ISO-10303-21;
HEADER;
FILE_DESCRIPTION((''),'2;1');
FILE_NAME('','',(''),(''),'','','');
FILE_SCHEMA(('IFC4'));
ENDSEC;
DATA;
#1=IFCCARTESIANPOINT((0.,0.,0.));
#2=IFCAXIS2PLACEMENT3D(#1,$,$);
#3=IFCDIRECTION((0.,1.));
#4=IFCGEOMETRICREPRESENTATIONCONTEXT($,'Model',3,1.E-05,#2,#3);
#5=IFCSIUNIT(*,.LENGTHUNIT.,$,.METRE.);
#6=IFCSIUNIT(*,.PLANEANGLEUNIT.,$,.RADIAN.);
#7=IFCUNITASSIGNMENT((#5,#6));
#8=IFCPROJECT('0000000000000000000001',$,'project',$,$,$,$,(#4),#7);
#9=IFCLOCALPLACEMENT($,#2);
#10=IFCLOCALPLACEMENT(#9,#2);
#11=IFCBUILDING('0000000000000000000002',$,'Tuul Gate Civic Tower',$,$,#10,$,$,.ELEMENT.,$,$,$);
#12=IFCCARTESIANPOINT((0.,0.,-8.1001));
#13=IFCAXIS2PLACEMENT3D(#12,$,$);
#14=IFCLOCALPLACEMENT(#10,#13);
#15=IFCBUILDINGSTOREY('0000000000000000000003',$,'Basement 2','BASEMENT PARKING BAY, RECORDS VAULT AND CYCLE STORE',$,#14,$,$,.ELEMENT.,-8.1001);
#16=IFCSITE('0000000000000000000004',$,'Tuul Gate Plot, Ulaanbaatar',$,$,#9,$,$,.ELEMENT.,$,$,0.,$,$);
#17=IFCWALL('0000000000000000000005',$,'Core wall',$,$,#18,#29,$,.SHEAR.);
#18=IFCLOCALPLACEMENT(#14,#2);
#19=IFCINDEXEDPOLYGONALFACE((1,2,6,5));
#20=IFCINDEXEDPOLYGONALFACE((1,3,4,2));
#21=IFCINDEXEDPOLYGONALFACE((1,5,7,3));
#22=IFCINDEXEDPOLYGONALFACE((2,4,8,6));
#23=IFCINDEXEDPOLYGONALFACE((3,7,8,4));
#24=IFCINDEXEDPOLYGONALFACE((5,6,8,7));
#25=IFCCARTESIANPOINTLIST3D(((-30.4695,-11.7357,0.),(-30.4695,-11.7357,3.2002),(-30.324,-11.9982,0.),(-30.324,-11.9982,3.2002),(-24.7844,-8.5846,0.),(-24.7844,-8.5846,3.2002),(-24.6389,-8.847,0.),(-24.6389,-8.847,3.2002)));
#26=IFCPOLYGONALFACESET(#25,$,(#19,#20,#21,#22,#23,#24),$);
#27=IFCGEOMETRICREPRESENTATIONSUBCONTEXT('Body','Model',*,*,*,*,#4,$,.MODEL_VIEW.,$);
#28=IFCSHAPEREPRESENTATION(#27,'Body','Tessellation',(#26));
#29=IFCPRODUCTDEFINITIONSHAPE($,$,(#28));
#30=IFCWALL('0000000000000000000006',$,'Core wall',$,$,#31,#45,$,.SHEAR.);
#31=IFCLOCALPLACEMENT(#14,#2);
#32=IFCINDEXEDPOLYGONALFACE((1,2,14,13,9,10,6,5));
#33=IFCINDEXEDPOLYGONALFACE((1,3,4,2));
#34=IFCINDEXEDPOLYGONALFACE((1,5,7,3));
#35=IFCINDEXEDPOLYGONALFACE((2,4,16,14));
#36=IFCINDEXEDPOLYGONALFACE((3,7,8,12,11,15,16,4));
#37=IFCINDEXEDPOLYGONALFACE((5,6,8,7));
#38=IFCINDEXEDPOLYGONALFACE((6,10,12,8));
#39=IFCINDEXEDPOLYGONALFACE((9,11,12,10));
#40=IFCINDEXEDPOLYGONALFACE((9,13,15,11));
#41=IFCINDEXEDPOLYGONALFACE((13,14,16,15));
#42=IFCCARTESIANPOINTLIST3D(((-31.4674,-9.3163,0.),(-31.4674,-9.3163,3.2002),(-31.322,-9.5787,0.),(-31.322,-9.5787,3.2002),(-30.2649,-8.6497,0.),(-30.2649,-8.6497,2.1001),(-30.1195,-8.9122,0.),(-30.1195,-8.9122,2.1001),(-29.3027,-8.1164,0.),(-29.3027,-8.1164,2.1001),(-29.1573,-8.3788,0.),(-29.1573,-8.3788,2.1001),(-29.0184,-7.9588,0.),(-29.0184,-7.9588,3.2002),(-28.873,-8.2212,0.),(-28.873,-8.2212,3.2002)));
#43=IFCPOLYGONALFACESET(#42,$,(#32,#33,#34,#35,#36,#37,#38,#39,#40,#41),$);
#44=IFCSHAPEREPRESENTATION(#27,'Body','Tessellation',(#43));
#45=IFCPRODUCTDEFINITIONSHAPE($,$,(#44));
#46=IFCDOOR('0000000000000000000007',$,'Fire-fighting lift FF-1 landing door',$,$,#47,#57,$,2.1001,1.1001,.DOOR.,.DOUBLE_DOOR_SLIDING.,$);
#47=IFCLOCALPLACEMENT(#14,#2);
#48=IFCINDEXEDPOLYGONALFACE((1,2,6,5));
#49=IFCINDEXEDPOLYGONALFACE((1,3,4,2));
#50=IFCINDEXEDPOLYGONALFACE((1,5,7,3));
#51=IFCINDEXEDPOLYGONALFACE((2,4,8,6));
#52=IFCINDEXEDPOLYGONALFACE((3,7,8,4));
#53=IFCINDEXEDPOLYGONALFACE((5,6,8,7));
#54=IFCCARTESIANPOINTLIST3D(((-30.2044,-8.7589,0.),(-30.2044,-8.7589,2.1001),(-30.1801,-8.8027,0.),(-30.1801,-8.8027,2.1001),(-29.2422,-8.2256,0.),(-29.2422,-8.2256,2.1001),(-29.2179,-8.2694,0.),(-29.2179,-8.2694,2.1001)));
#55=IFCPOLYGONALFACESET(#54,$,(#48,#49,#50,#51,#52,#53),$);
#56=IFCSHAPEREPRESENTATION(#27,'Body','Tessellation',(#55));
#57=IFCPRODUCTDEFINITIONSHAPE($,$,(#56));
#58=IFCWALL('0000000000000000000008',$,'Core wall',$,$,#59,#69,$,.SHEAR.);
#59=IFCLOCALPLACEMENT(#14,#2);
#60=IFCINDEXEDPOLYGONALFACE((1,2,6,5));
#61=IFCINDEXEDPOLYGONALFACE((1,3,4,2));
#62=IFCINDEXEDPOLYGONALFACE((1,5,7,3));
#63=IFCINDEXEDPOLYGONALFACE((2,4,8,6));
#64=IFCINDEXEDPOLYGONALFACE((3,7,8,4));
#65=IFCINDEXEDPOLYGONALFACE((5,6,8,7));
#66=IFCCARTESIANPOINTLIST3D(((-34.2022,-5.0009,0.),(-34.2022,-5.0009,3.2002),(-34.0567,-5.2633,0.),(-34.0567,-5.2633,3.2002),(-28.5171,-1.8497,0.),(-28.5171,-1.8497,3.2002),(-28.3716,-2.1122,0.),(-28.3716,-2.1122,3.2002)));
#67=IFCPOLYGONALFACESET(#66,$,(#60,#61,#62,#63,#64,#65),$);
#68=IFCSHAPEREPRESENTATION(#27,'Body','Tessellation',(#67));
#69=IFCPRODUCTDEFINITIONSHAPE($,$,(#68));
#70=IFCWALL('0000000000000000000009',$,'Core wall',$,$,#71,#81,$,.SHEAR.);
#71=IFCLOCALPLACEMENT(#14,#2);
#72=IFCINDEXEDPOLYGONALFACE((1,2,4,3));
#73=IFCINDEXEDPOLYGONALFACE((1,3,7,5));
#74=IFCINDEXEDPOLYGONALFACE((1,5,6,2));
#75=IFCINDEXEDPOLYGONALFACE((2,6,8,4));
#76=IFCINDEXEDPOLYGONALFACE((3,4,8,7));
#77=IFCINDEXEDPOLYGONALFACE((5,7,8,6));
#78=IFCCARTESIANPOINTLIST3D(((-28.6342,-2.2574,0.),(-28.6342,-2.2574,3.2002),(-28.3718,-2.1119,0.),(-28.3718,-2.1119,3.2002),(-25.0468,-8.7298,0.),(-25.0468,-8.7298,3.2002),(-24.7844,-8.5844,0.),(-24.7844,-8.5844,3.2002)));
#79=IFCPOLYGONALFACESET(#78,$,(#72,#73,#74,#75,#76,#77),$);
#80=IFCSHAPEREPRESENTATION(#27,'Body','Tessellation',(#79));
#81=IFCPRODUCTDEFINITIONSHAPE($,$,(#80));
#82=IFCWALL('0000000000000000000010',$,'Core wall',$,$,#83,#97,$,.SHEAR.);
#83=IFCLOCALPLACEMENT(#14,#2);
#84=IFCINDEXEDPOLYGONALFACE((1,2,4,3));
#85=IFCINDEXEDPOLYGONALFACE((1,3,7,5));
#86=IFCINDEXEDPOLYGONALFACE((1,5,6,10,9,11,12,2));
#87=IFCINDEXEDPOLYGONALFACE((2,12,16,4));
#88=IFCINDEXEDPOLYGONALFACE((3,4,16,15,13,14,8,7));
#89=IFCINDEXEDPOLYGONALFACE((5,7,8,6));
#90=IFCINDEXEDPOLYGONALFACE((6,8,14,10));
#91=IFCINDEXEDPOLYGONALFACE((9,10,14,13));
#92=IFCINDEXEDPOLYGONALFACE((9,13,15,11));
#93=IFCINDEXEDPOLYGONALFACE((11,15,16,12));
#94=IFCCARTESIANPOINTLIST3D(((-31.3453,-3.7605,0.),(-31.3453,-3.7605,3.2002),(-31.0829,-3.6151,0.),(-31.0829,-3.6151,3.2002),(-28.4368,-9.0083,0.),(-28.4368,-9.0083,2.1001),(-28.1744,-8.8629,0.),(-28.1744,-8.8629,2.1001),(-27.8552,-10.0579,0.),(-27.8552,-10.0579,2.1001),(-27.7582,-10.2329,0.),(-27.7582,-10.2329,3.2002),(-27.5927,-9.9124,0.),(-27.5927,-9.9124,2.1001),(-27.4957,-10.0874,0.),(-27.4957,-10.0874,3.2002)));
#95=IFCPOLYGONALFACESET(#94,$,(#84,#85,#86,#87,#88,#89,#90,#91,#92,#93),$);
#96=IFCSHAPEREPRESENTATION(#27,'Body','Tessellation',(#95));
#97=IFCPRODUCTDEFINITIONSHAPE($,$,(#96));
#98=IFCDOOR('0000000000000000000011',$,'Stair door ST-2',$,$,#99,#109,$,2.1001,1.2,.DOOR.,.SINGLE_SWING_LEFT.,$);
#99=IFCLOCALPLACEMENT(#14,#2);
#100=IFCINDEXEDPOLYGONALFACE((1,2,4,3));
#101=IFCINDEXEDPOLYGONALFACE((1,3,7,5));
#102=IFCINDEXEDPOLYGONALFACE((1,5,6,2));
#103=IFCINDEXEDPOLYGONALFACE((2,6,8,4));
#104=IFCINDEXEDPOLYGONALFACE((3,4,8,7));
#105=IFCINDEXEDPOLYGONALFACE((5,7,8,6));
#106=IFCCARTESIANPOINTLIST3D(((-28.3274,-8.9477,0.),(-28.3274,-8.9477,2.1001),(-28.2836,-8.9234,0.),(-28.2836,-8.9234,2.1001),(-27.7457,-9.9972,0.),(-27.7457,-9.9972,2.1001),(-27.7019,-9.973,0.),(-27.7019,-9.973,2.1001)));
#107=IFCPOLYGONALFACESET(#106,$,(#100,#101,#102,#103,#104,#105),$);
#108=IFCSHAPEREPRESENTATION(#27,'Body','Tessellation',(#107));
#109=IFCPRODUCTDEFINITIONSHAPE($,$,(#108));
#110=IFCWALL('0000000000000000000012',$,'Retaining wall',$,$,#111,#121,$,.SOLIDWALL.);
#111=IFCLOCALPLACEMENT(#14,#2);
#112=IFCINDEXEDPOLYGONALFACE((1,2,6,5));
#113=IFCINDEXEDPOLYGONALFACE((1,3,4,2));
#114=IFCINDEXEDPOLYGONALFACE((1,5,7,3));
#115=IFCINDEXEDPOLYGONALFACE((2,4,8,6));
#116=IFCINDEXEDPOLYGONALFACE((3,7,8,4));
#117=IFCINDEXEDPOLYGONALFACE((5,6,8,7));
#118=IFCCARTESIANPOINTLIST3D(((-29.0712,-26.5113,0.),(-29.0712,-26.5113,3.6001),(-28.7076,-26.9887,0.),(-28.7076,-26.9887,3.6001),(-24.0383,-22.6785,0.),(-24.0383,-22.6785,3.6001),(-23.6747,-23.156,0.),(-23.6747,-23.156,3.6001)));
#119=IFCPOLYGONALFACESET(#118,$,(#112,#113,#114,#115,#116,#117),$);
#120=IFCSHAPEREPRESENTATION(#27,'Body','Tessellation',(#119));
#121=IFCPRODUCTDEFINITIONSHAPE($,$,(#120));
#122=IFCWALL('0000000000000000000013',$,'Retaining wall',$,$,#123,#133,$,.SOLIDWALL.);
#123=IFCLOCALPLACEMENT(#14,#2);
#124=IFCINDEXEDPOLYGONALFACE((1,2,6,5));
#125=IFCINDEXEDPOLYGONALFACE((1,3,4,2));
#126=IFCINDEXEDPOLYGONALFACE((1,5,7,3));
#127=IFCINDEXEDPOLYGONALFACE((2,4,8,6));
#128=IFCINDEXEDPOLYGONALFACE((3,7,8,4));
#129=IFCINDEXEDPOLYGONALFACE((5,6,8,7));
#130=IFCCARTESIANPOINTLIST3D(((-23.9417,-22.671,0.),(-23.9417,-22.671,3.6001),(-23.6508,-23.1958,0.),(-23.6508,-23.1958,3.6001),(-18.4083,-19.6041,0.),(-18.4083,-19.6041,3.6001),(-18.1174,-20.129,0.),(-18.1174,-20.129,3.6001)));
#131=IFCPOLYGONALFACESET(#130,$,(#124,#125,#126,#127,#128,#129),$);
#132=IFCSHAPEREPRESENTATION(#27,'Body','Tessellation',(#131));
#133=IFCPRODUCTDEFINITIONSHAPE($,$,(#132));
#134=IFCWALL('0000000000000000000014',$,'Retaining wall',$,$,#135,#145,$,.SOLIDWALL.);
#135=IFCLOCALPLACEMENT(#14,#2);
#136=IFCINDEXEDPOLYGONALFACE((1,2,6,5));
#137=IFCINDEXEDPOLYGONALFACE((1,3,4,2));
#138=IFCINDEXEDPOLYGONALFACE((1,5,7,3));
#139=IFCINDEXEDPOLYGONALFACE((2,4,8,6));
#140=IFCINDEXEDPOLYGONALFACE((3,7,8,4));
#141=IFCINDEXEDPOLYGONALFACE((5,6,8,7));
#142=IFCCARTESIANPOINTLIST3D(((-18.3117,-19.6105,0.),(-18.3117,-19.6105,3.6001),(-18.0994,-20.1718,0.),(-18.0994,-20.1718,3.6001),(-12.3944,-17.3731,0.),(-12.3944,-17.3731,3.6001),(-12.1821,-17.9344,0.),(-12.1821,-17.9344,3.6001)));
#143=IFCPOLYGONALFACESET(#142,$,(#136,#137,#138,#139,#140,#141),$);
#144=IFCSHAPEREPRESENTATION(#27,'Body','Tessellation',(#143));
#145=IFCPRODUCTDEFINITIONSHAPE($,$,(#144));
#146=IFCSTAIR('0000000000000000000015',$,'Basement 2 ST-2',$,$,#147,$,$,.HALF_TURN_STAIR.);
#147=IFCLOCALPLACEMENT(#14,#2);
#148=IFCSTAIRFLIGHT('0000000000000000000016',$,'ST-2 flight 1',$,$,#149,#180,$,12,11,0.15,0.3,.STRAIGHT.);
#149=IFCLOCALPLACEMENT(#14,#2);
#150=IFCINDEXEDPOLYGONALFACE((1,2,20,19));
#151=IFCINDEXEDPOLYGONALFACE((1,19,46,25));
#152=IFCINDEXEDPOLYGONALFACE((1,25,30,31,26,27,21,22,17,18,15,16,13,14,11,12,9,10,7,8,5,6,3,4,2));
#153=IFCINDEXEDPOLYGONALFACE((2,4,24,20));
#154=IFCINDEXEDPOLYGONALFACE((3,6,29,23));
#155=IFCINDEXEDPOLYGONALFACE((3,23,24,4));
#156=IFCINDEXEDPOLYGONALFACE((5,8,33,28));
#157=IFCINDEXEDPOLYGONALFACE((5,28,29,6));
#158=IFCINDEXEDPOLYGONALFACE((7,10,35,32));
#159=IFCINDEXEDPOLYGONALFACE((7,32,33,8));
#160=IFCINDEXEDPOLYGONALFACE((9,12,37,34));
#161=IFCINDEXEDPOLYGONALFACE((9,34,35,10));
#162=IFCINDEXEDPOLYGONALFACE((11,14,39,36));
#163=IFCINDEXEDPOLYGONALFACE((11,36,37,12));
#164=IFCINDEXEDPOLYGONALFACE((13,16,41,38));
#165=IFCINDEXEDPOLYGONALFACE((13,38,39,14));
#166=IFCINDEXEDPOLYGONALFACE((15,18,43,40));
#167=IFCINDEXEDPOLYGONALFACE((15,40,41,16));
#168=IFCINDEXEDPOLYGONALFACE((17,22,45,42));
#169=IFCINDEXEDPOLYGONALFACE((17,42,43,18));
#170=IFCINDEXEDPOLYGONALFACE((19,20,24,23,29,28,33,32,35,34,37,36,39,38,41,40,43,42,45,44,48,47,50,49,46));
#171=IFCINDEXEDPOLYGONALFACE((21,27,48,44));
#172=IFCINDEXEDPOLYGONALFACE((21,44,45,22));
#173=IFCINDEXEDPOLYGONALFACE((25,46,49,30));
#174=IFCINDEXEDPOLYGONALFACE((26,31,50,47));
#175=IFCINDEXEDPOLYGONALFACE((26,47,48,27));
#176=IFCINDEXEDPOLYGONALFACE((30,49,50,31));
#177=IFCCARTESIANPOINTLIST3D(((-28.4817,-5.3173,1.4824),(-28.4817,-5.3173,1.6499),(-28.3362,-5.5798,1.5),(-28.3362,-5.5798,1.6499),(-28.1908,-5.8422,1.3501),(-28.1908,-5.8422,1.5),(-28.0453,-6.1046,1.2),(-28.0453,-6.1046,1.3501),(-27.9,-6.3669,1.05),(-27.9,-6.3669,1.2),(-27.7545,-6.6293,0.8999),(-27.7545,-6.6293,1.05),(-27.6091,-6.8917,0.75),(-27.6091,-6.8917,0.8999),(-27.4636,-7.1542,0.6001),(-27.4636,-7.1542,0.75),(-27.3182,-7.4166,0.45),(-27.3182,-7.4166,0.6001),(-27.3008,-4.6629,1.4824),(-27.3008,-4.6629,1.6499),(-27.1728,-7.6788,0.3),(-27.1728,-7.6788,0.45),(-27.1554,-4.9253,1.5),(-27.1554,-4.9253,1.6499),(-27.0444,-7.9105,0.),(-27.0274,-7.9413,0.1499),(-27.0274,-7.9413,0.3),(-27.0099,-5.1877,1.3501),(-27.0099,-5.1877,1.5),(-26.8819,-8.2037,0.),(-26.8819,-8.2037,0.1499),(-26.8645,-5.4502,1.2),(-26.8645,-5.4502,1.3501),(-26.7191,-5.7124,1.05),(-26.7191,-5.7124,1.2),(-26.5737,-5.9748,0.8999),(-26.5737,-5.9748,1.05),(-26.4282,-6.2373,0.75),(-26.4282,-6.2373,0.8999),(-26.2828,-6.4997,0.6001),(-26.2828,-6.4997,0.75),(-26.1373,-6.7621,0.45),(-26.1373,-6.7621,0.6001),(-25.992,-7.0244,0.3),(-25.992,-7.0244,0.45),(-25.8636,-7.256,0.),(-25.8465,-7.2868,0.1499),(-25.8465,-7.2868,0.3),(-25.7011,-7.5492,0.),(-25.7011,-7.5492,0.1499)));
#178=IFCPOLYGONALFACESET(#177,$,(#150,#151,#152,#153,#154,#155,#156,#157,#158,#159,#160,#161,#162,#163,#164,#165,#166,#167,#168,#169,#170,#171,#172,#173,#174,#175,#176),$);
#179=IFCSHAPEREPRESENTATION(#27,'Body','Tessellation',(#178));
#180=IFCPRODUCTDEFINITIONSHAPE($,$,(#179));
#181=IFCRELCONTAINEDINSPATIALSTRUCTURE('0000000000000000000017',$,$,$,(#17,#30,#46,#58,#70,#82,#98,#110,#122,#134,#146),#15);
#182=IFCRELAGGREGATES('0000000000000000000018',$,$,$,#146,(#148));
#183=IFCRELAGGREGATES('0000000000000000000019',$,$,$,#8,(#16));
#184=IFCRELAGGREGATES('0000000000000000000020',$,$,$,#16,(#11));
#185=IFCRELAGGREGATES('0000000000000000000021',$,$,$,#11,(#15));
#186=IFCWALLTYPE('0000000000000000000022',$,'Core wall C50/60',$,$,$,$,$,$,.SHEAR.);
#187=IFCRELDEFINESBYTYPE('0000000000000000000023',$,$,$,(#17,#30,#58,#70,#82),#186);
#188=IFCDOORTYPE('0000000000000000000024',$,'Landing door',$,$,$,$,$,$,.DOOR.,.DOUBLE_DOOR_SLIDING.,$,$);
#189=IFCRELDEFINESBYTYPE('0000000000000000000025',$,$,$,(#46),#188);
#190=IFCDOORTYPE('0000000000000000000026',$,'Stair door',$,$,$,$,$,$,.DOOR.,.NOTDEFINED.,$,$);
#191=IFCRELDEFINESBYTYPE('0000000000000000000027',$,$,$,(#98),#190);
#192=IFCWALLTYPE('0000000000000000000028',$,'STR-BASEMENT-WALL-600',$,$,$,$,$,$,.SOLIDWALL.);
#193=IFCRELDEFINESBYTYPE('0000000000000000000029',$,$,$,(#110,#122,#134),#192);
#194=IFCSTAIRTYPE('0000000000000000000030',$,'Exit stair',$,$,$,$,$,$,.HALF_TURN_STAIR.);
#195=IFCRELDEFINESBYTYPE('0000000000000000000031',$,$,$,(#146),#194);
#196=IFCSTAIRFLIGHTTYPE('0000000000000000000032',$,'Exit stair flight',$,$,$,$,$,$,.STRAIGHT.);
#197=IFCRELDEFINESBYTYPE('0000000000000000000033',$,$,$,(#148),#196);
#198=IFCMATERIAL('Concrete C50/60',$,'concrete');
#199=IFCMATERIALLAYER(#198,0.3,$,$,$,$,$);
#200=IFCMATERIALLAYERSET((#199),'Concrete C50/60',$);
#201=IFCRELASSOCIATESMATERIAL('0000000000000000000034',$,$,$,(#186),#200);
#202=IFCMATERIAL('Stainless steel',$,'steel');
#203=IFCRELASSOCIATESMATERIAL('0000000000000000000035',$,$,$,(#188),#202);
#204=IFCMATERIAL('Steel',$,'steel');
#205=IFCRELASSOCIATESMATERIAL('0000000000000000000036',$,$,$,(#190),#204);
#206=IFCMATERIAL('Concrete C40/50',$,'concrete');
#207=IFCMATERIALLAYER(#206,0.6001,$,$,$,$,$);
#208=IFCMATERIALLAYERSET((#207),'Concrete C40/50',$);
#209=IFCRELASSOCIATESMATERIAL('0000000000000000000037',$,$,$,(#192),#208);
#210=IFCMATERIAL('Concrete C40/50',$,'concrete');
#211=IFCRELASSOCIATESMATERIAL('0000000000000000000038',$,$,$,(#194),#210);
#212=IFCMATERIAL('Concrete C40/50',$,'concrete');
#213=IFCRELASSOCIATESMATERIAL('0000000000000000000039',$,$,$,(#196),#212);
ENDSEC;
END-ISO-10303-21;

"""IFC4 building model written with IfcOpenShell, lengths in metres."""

from ifc_helpers import new_model, si_unit, direction, frame, frame_2d, origin, place, context, subcontext, project, spatial, polyline, rectangle, outline, extrude, material, layer, layer_set, type_object, element, fill, aggregate, save


model = new_model("IFC4")

# Units and contexts
model_context = context("Model", 3, precision=1e-05, world=origin(), true_north=direction((0.0, 1.0)))
body_context = subcontext(model_context, "Body", "Model", "MODEL_VIEW")
ifc_project = project(units=[si_unit("LENGTHUNIT", "METRE"), si_unit("PLANEANGLEUNIT", "RADIAN")], contexts=[model_context])

# Site, building, storey
site_placement = place(None, origin())
site = spatial("IfcSite", under=ifc_project, at=site_placement, Name="Tuul Gate Plot, Ulaanbaatar", CompositionType="ELEMENT", RefElevation=0.0)
building_placement = place(site_placement, origin())
building = spatial("IfcBuilding", under=site, at=building_placement, Name="Tuul Gate Civic Tower", CompositionType="ELEMENT")
storey_placement = place(building_placement, frame((0.0, 0.0, -8.1001)))
storey = spatial("IfcBuildingStorey", under=building, at=storey_placement, Name="Basement 2", Description="BASEMENT PARKING BAY, RECORDS VAULT AND CYCLE STORE", CompositionType="ELEMENT", Elevation=-8.1001)

# Wall
ifc_material_1 = material(Name="Concrete C50/60", Category="concrete")
ifc_layer_1 = layer(ifc_material_1, 0.3)
ifc_layer_set_1 = layer_set([ifc_layer_1], Name="Concrete C50/60")
wall_type_1 = type_object("IfcWallType", Name="Core wall C50/60", PredefinedType="SHEAR", material=ifc_layer_set_1)
wall_1_placement = place(storey_placement, frame((-24.7117, -8.7158, 0.0), z_axis=(0.0, 0.0, 1.0), x_axis=(-0.87463, -0.484791, 0.0)))
element("IfcWall", 1, at=wall_1_placement, inside=storey, type_object=wall_type_1, Name="Core wall", PredefinedType="SHEAR", context=body_context, shape_type="SweptSolid", body=[
    extrude(rectangle(XDim=6.5, YDim=0.3, at=frame_2d((3.25, 0.0))), origin(), (0.0, 0.0, 1.0), 3.2002),
])

# Wall, opening, door
wall_2_placement = place(storey_placement, frame((-28.9458, -8.0901, 0.0), z_axis=(0.0, 0.0, 1.0), x_axis=(-0.87463, -0.484791, 0.0)))
wall_2 = element("IfcWall", 2, at=wall_2_placement, inside=storey, type_object=wall_type_1, Name="Core wall", PredefinedType="SHEAR", context=body_context, shape_type="SweptSolid", body=[
    extrude(rectangle(XDim=2.8, YDim=0.3, at=frame_2d((1.3999, 0.0))), origin(), (0.0, 0.0, 1.0), 3.2002),
])
opening_1_placement = place(wall_2_placement, frame((0.325, 0.0, 0.0)))
opening_1 = element("IfcOpeningElement", 3, at=opening_1_placement, cuts=wall_2, PredefinedType="OPENING", context=body_context, shape_type="SweptSolid", body=[
    extrude(rectangle(XDim=1.1001, YDim=2.1001, at=frame_2d((0.55, 1.05))), frame((0.0, 0.1602, 0.0), z_axis=(0.0, -1.0, 0.0), x_axis=(1.0, 0.0, 0.0)), (0.0, 0.0, 1.0), 0.3201),
])
ifc_material_2 = material(Name="Stainless steel", Category="steel")
door_type_1 = type_object("IfcDoorType", Name="Landing door", OperationType="DOUBLE_DOOR_SLIDING", PredefinedType="DOOR", material=ifc_material_2)
door_1_placement = place(opening_1_placement, origin())
door_1 = element("IfcDoor", 4, at=door_1_placement, inside=storey, type_object=door_type_1, Name="Fire-fighting lift FF-1 landing door", OperationType="DOUBLE_DOOR_SLIDING", OverallHeight=2.1001, OverallWidth=1.1001, PredefinedType="DOOR", context=body_context, shape_type="SweptSolid", body=[
    extrude(rectangle(XDim=1.1001, YDim=2.1001, at=frame_2d((0.55, 1.05))), frame((0.0, 0.0249, 0.0), z_axis=(0.0, -1.0, 0.0), x_axis=(1.0, 0.0, 0.0)), (0.0, 0.0, 1.0), 0.05),
])
fill(opening_1, door_1)

# Walls
wall_3_placement = place(storey_placement, frame((-28.4443, -1.981, 0.0), z_axis=(0.0, 0.0, 1.0), x_axis=(-0.87463, -0.484791, 0.0)))
element("IfcWall", 5, at=wall_3_placement, inside=storey, type_object=wall_type_1, Name="Core wall", PredefinedType="SHEAR", context=body_context, shape_type="SweptSolid", body=[
    extrude(rectangle(XDim=6.5, YDim=0.3, at=frame_2d((3.25, 0.0))), origin(), (0.0, 0.0, 1.0), 3.2002),
])
wall_4_placement = place(storey_placement, frame((-24.9155, -8.6572, 0.0), z_axis=(0.0, 0.0, 1.0), x_axis=(-0.484777, 0.874638, 0.0)))
element("IfcWall", 6, at=wall_4_placement, inside=storey, type_object=wall_type_1, Name="Core wall", PredefinedType="SHEAR", context=body_context, shape_type="SweptSolid", body=[
    extrude(rectangle(XDim=7.4001, YDim=0.3, at=frame_2d((3.7002, 0.0))), origin(), (0.0, 0.0, 1.0), 3.2002),
])

# Wall, opening, door
wall_5_placement = place(storey_placement, frame((-27.627, -10.1602, 0.0), z_axis=(0.0, 0.0, 1.0), x_axis=(-0.484752, 0.874652, 0.0)))
wall_5 = element("IfcWall", 7, at=wall_5_placement, inside=storey, type_object=wall_type_1, Name="Core wall", PredefinedType="SHEAR", context=body_context, shape_type="SweptSolid", body=[
    extrude(rectangle(XDim=7.3999, YDim=0.3, at=frame_2d((3.7, 0.0))), origin(), (0.0, 0.0, 1.0), 3.2002),
])
opening_2_placement = place(wall_5_placement, frame((0.2, 0.0, 0.0)))
opening_2 = element("IfcOpeningElement", 8, at=opening_2_placement, cuts=wall_5, PredefinedType="OPENING", context=body_context, shape_type="SweptSolid", body=[
    extrude(rectangle(XDim=1.2, YDim=2.1001, at=frame_2d((0.6001, 1.05))), frame((0.0, 0.1602, 0.0), z_axis=(0.0, -1.0, 0.0), x_axis=(1.0, 0.0, 0.0)), (0.0, 0.0, 1.0), 0.3201),
])
ifc_material_3 = material(Name="Steel", Category="steel")
door_type_2 = type_object("IfcDoorType", Name="Stair door", OperationType="NOTDEFINED", PredefinedType="DOOR", material=ifc_material_3)
door_2_placement = place(opening_2_placement, origin())
door_2 = element("IfcDoor", 9, at=door_2_placement, inside=storey, type_object=door_type_2, Name="Stair door ST-2", OperationType="SINGLE_SWING_LEFT", OverallHeight=2.1001, OverallWidth=1.2, PredefinedType="DOOR", context=body_context, shape_type="SweptSolid", body=[
    extrude(rectangle(XDim=1.2, YDim=2.1001, at=frame_2d((0.6001, 1.05))), frame((0.0, 0.0249, 0.0), z_axis=(0.0, -1.0, 0.0), x_axis=(1.0, 0.0, 0.0)), (0.0, 0.0, 1.0), 0.05),
])
fill(opening_2, door_2)

# Walls
ifc_material_4 = material(Name="Concrete C40/50", Category="concrete")
ifc_layer_2 = layer(ifc_material_4, 0.6001)
ifc_layer_set_2 = layer_set([ifc_layer_2], Name="Concrete C40/50")
wall_type_2 = type_object("IfcWallType", Name="STR-BASEMENT-WALL-600", PredefinedType="SOLIDWALL", material=ifc_layer_set_2)
wall_6_placement = place(storey_placement, frame((-28.8894, -26.75, 0.0), z_axis=(0.0, 0.0, 1.0), x_axis=(0.795574, 0.605856, 0.0)))
element("IfcWall", 10, at=wall_6_placement, inside=storey, type_object=wall_type_2, Name="Retaining wall", PredefinedType="SOLIDWALL", context=body_context, shape_type="SweptSolid", body=[
    extrude(rectangle(XDim=6.3262, YDim=0.6001, at=frame_2d((3.1631, 0.0))), origin(), (0.0, 0.0, 1.0), 3.6001),
])
wall_7_placement = place(storey_placement, frame((-23.7961, -22.9333, 0.0), z_axis=(0.0, 0.0, 1.0), x_axis=(0.874643, 0.484768, 0.0)))
element("IfcWall", 11, at=wall_7_placement, inside=storey, type_object=wall_type_2, Name="Retaining wall", PredefinedType="SOLIDWALL", context=body_context, shape_type="SweptSolid", body=[
    extrude(rectangle(XDim=6.3264, YDim=0.6001, at=frame_2d((3.1631, 0.0))), origin(), (0.0, 0.0, 1.0), 3.6001),
])
wall_8_placement = place(storey_placement, frame((-18.2056, -19.8911, 0.0), z_axis=(0.0, 0.0, 1.0), x_axis=(0.935373, 0.353664, 0.0)))
element("IfcWall", 12, at=wall_8_placement, inside=storey, type_object=wall_type_2, Name="Retaining wall", PredefinedType="SOLIDWALL", context=body_context, shape_type="SweptSolid", body=[
    extrude(rectangle(XDim=6.3262, YDim=0.6001, at=frame_2d((3.1631, 0.0))), origin(), (0.0, 0.0, 1.0), 3.6001),
])

# Stair, stair flight
ifc_material_5 = material(Name="Concrete C40/50", Category="concrete")
stair_type = type_object("IfcStairType", Name="Exit stair", PredefinedType="HALF_TURN_STAIR", material=ifc_material_5)
stair_placement = place(storey_placement, origin())
stair = element("IfcStair", 13, at=stair_placement, inside=storey, type_object=stair_type, Name="Basement 2 ST-2", PredefinedType="HALF_TURN_STAIR")
ifc_material_6 = material(Name="Concrete C40/50", Category="concrete")
stair_flight_type = type_object("IfcStairFlightType", Name="Exit stair flight", PredefinedType="STRAIGHT", material=ifc_material_6)
stair_flight_placement = place(storey_placement, frame((-26.2915, -7.8765, 0.0), z_axis=(0.0, 0.0, 1.0), x_axis=(-0.484762, 0.874646, 0.0)))
stair_flight = element("IfcStairFlight", 14, at=stair_flight_placement, type_object=stair_flight_type, Name="ST-2 flight 1", NumberOfRisers=12, NumberOfTreads=11, PredefinedType="STRAIGHT", RiserHeight=0.15, TreadLength=0.3, context=body_context, shape_type="SweptSolid", body=[
    extrude(outline(polyline([(0.0, 0.0), (0.0, 0.1499), (0.3, 0.1499), (0.3, 0.3), (0.6001, 0.3), (0.6001, 0.45), (0.8999, 0.45), (0.8999, 0.6001), (1.2, 0.6001), (1.2, 0.75), (1.5, 0.75), (1.5, 0.8999), (1.8, 0.8999), (1.8, 1.05), (2.1001, 1.05), (2.1001, 1.2), (2.3999, 1.2), (2.3999, 1.3501), (2.7, 1.3501), (2.7, 1.5), (3.0, 1.5), (3.0, 1.6499), (3.3, 1.6499), (3.3, 1.8), (3.3, 1.4824), (0.3352, 0.0), (0.0, 0.0)])), frame((0.0, 0.675, 0.0), z_axis=(0.0, -1.0, 0.0), x_axis=(1.0, 0.0, 0.0)), (0.0, 0.0, 1.0), 1.3501),
])
aggregate(stair, [stair_flight])

save(model, "model.ifc")
